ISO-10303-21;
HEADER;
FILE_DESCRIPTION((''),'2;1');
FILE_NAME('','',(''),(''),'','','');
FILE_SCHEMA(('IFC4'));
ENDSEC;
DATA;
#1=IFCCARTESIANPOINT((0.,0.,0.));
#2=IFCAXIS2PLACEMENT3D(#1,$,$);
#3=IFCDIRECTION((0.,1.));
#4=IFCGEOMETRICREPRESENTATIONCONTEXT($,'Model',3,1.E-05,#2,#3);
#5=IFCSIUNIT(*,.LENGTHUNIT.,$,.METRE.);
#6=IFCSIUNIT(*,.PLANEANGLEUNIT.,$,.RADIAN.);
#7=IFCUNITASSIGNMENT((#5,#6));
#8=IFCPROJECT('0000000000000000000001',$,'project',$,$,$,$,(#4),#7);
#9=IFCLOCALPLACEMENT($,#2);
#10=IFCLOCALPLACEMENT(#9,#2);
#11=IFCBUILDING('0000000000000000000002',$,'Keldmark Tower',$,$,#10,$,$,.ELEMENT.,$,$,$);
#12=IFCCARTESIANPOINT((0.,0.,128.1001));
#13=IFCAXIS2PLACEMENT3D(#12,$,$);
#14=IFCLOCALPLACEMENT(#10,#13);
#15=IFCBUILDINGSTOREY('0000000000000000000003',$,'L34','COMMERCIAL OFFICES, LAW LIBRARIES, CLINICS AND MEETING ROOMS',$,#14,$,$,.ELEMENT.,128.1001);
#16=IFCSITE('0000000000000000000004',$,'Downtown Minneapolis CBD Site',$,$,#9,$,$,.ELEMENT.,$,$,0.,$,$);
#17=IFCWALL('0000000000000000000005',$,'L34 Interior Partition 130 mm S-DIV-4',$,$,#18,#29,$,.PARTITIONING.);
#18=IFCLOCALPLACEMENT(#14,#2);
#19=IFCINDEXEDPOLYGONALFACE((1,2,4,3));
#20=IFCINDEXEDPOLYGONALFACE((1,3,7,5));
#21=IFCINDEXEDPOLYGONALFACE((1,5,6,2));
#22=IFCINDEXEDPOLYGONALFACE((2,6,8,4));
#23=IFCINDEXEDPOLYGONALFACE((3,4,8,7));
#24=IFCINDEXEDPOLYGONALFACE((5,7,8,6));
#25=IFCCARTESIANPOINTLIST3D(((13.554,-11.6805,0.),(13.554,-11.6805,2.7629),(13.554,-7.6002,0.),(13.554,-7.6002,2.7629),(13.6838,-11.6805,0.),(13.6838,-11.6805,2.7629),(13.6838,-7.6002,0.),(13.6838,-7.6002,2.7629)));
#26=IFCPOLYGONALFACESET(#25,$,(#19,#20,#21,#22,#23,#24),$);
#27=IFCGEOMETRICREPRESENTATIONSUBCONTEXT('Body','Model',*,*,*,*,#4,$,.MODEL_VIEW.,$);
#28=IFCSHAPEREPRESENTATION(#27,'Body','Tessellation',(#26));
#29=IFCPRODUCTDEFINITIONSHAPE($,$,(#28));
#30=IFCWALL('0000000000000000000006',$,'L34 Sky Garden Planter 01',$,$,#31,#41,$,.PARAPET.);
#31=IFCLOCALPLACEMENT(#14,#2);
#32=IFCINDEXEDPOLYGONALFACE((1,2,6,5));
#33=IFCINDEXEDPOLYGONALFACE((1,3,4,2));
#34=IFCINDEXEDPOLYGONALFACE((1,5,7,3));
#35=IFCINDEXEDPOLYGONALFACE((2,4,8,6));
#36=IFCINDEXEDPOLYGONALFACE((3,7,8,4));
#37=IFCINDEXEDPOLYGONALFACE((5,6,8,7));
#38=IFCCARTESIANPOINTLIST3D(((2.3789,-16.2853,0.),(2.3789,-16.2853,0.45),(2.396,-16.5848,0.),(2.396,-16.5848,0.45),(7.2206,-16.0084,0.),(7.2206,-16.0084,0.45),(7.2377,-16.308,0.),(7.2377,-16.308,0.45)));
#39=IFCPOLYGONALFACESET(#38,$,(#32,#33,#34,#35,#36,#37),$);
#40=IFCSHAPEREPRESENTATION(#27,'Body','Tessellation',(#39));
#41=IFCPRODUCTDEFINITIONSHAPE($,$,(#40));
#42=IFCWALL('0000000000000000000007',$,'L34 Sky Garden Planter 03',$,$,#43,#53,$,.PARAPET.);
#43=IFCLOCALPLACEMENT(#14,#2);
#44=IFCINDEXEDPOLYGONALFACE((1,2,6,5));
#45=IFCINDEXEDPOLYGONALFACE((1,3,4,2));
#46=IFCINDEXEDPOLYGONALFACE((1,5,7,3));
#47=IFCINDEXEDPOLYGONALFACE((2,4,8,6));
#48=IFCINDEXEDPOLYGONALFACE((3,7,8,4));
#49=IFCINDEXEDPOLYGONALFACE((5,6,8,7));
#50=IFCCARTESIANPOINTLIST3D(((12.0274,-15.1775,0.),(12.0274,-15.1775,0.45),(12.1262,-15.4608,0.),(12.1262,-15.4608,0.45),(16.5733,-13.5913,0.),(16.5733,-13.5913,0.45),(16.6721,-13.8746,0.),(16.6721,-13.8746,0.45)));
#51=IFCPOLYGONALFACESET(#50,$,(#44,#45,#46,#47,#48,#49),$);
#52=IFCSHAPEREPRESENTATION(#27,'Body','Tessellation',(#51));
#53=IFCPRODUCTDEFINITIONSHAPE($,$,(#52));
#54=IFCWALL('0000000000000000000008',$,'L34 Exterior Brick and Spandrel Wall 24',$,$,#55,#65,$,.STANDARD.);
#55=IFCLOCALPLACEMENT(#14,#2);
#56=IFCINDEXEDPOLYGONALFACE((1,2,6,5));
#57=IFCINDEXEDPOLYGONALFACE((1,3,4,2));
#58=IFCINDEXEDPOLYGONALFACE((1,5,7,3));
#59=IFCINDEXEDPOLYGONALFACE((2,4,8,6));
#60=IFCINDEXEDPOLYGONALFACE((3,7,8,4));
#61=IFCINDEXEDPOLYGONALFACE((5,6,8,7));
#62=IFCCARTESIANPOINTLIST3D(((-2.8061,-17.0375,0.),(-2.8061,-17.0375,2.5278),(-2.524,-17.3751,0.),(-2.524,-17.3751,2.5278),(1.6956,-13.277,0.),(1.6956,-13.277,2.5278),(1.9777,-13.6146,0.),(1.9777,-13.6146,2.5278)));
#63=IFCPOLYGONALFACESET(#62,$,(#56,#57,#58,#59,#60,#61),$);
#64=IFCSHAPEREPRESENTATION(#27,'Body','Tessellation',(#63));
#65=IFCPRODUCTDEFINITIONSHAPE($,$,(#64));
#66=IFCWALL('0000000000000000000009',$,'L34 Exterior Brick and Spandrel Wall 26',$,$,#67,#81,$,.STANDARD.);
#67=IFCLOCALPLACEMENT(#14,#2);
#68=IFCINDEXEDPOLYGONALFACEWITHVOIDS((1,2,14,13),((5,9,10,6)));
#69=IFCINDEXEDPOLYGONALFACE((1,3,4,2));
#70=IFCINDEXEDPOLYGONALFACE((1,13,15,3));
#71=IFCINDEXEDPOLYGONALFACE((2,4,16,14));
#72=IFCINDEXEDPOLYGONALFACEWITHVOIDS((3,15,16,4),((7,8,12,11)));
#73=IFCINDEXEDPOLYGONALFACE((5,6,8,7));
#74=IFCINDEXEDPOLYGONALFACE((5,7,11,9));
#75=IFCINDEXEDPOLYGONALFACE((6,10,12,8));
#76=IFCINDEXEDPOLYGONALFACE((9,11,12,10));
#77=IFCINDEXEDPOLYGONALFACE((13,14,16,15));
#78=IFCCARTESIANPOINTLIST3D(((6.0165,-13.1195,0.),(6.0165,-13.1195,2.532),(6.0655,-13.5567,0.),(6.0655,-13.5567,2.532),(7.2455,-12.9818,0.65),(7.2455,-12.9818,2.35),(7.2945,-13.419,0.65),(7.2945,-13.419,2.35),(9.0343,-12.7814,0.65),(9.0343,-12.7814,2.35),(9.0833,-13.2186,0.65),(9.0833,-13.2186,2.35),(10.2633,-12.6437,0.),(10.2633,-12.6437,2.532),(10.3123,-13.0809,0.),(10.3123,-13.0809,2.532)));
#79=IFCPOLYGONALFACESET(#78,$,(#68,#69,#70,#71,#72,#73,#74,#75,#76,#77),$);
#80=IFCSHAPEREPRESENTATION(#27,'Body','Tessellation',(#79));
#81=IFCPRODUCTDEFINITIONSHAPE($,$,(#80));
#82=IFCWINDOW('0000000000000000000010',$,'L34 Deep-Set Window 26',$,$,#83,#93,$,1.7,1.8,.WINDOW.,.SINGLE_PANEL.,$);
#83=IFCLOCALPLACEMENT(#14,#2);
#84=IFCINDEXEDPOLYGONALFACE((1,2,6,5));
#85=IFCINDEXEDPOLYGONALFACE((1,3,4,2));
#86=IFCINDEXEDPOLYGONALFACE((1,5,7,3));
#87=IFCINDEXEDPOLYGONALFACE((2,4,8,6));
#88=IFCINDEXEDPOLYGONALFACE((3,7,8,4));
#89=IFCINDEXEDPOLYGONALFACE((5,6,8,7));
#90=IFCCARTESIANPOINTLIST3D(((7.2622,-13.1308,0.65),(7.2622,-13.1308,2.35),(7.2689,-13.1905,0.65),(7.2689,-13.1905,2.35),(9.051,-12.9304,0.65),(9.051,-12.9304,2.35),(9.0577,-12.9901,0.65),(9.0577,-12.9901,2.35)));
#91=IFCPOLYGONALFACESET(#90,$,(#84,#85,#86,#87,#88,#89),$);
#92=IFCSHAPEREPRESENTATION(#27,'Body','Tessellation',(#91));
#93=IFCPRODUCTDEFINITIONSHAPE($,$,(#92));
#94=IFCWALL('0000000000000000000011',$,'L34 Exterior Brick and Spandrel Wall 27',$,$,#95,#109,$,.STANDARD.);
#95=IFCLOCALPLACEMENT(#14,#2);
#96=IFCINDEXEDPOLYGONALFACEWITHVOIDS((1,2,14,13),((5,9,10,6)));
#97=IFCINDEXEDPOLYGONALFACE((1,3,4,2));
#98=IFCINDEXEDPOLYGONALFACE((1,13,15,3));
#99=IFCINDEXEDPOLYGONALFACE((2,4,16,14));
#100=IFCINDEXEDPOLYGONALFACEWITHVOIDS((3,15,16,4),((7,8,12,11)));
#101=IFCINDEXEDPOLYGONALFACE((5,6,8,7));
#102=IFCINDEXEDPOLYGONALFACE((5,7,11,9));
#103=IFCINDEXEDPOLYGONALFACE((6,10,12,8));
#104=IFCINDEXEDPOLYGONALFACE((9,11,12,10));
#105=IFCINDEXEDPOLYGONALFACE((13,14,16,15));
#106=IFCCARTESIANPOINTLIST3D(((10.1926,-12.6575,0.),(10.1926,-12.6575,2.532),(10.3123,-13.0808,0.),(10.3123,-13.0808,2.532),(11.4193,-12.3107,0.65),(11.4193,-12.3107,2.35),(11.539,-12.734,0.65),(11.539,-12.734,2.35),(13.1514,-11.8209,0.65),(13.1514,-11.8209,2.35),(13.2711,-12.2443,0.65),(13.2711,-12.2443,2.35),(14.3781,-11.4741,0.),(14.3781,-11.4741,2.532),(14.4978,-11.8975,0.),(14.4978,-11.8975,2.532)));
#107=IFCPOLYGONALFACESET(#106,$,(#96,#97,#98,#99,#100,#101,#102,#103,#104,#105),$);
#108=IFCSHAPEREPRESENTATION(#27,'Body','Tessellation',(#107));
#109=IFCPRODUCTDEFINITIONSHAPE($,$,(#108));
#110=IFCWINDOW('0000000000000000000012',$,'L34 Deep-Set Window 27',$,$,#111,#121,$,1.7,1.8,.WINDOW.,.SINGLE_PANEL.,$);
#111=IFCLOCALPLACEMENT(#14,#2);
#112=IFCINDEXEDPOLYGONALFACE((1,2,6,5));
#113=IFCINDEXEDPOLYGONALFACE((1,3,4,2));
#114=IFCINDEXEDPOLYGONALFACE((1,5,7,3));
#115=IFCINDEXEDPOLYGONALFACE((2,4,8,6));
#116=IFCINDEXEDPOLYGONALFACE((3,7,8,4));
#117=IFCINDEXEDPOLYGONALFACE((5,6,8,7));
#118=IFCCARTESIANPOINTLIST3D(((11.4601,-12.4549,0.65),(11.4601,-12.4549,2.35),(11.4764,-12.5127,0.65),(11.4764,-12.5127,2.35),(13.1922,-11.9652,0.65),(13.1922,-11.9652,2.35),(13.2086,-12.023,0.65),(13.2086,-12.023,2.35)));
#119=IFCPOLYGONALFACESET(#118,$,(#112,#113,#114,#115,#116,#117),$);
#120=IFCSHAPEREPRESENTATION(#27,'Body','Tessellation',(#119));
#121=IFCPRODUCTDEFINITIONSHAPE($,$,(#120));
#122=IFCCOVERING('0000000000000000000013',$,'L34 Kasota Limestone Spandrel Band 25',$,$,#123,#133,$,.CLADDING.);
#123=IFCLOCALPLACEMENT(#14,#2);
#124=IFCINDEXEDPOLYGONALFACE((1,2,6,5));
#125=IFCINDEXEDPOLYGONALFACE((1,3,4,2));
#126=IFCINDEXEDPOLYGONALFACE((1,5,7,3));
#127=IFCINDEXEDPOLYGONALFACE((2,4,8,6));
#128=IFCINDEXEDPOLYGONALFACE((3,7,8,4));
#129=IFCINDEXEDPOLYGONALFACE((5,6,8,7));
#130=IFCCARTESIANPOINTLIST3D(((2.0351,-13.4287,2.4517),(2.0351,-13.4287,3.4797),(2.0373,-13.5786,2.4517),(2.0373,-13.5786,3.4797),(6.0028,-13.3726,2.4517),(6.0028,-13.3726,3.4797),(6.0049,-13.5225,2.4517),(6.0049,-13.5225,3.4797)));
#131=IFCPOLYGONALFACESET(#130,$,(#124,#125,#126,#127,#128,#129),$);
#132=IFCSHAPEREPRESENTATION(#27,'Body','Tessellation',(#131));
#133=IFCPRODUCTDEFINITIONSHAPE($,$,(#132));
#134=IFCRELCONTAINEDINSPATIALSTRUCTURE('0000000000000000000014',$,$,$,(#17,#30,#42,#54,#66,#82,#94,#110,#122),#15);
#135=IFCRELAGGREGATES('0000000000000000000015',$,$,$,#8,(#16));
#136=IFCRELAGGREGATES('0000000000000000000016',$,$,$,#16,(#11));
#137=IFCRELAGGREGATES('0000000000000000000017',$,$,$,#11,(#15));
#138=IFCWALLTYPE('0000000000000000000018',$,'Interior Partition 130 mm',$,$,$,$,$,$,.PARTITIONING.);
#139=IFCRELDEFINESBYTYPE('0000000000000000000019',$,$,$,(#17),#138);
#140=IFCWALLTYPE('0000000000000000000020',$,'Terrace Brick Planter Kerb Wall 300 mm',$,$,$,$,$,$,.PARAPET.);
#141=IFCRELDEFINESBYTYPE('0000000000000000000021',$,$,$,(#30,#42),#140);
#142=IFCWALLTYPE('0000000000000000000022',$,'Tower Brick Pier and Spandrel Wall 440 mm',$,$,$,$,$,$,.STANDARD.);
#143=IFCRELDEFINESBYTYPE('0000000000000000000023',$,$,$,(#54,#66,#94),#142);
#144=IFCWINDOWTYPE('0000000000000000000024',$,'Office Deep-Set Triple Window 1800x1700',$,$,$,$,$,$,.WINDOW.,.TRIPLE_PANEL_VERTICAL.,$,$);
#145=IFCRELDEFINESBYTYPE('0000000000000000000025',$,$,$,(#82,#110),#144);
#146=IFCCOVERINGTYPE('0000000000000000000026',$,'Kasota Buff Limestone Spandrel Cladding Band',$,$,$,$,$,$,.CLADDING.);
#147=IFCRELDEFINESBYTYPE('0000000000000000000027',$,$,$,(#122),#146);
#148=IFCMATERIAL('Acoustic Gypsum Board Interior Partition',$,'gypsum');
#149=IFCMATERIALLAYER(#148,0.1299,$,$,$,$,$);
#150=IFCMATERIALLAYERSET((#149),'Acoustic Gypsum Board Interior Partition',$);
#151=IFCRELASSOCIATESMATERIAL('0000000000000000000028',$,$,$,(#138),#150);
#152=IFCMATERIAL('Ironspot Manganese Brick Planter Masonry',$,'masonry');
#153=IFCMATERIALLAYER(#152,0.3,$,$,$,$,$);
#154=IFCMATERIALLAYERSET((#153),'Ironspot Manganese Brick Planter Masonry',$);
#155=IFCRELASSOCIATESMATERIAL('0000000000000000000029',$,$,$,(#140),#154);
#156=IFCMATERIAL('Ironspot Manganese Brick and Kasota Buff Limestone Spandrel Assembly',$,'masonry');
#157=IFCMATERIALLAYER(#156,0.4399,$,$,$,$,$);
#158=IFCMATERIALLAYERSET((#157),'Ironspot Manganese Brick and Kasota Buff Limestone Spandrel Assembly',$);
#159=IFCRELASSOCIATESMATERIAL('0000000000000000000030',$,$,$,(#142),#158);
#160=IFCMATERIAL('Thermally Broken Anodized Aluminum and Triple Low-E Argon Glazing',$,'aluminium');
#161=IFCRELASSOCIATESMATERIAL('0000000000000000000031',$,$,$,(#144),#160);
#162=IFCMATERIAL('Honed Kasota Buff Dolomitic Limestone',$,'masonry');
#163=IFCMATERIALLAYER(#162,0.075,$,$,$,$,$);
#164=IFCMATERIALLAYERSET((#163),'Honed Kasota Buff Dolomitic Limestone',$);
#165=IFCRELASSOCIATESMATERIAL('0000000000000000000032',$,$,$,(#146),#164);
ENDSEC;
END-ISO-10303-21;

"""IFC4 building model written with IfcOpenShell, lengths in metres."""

from ifc_helpers import new_model, si_unit, direction, frame, frame_2d, origin, origin_2d, place, context, subcontext, project, spatial, rectangle, extrude, material, layer, layer_set, type_object, element, fill, save


model = new_model("IFC4")

# Units and contexts
model_context = context("Model", 3, precision=1e-05, world=origin(), true_north=direction((0.0, 1.0)))
body_context = subcontext(model_context, "Body", "Model", "MODEL_VIEW")
ifc_project = project(units=[si_unit("LENGTHUNIT", "METRE"), si_unit("PLANEANGLEUNIT", "RADIAN")], contexts=[model_context])

# Site, building, storey
site_placement = place(None, origin())
site = spatial("IfcSite", under=ifc_project, at=site_placement, Name="Downtown Minneapolis CBD Site", CompositionType="ELEMENT", RefElevation=0.0)
building_placement = place(site_placement, origin())
building = spatial("IfcBuilding", under=site, at=building_placement, Name="Keldmark Tower", CompositionType="ELEMENT")
storey_placement = place(building_placement, frame((0.0, 0.0, 128.1001)))
storey = spatial("IfcBuildingStorey", under=building, at=storey_placement, Name="L34", Description="COMMERCIAL OFFICES, LAW LIBRARIES, CLINICS AND MEETING ROOMS", CompositionType="ELEMENT", Elevation=128.1001)

# Walls
ifc_material_1 = material(Name="Acoustic Gypsum Board Interior Partition", Category="gypsum")
ifc_layer_1 = layer(ifc_material_1, 0.1299)
ifc_layer_set_1 = layer_set([ifc_layer_1], Name="Acoustic Gypsum Board Interior Partition")
wall_type_1 = type_object("IfcWallType", Name="Interior Partition 130 mm", PredefinedType="PARTITIONING", material=ifc_layer_set_1)
wall_1_placement = place(storey_placement, frame((13.6189, -11.6804, 0.0), z_axis=(0.0, 0.0, 1.0), x_axis=(0.0, 1.0, 0.0)))
element("IfcWall", 1, at=wall_1_placement, inside=storey, type_object=wall_type_1, Name="L34 Interior Partition 130 mm S-DIV-4", PredefinedType="PARTITIONING", context=body_context, shape_type="SweptSolid", body=[
    extrude(rectangle(XDim=4.0803, YDim=0.1299, at=frame_2d((2.04, 0.0))), origin(), (0.0, 0.0, 1.0), 2.7629),
])
ifc_material_2 = material(Name="Ironspot Manganese Brick Planter Masonry", Category="masonry")
ifc_layer_2 = layer(ifc_material_2, 0.3)
ifc_layer_set_2 = layer_set([ifc_layer_2], Name="Ironspot Manganese Brick Planter Masonry")
wall_type_2 = type_object("IfcWallType", Name="Terrace Brick Planter Kerb Wall 300 mm", PredefinedType="PARAPET", material=ifc_layer_set_2)
wall_2_placement = place(storey_placement, frame((2.3875, -16.4351, 0.0), z_axis=(0.0, 0.0, 1.0), x_axis=(0.998369, 0.057087, 0.0)))
element("IfcWall", 2, at=wall_2_placement, inside=storey, type_object=wall_type_2, Name="L34 Sky Garden Planter 01", PredefinedType="PARAPET", context=body_context, shape_type="SweptSolid", body=[
    extrude(rectangle(XDim=4.8496, YDim=0.3, at=frame_2d((2.4248, 0.0))), origin(), (0.0, 0.0, 1.0), 0.45),
])
wall_3_placement = place(storey_placement, frame((12.0769, -15.3191, 0.0), z_axis=(0.0, 0.0, 1.0), x_axis=(0.944174, 0.329447, 0.0)))
element("IfcWall", 3, at=wall_3_placement, inside=storey, type_object=wall_type_2, Name="L34 Sky Garden Planter 03", PredefinedType="PARAPET", context=body_context, shape_type="SweptSolid", body=[
    extrude(rectangle(XDim=4.8147, YDim=0.3, at=frame_2d((2.4072, 0.0))), origin(), (0.0, 0.0, 1.0), 0.45),
])
ifc_material_3 = material(Name="Ironspot Manganese Brick and Kasota Buff Limestone Spandrel Assembly", Category="masonry")
ifc_layer_3 = layer(ifc_material_3, 0.4399)
ifc_layer_set_3 = layer_set([ifc_layer_3], Name="Ironspot Manganese Brick and Kasota Buff Limestone Spandrel Assembly")
wall_type_3 = type_object("IfcWallType", Name="Tower Brick Pier and Spandrel Wall 440 mm", PredefinedType="STANDARD", material=ifc_layer_set_3)
wall_4_placement = place(storey_placement, frame((1.8367, -13.4458, 0.0), z_axis=(0.0, 0.0, 1.0), x_axis=(-0.76746, -0.641097, 0.0)))
element("IfcWall", 4, at=wall_4_placement, inside=storey, type_object=wall_type_3, Name="L34 Exterior Brick and Spandrel Wall 24", PredefinedType="STANDARD", context=body_context, shape_type="SweptSolid", body=[
    extrude(rectangle(XDim=5.8657, YDim=0.4399, at=frame_2d((2.9329, 0.0))), origin(), (0.0, 0.0, 1.0), 2.5278),
])

# Walls, openings, windows
wall_5_placement = place(storey_placement, frame((10.2878, -12.8623, 0.0), z_axis=(0.0, 0.0, 1.0), x_axis=(-0.993782, -0.111347, 0.0)))
wall_5 = element("IfcWall", 5, at=wall_5_placement, inside=storey, type_object=wall_type_3, Name="L34 Exterior Brick and Spandrel Wall 26", PredefinedType="STANDARD", context=body_context, shape_type="SweptSolid", body=[
    extrude(rectangle(XDim=4.2734, YDim=0.4399, at=frame_2d((2.1367, 0.0))), origin(), (0.0, 0.0, 1.0), 2.532),
])
opening_1_placement = place(wall_5_placement, frame((1.2368, 0.0, 0.6499)))
opening_1 = element("IfcOpeningElement", 6, at=opening_1_placement, cuts=wall_5, PredefinedType="OPENING", context=body_context, shape_type="SweptSolid", body=[
    extrude(rectangle(XDim=1.8, YDim=1.7, at=frame_2d((0.8999, 0.8501))), frame((0.0, 0.23, 0.0), z_axis=(0.0, -1.0, 0.0), x_axis=(1.0, 0.0, 0.0)), (0.0, 0.0, 1.0), 0.46),
])
ifc_material_4 = material(Name="Thermally Broken Anodized Aluminum and Triple Low-E Argon Glazing", Category="aluminium")
window_type = type_object("IfcWindowType", Name="Office Deep-Set Triple Window 1800x1700", PartitioningType="TRIPLE_PANEL_VERTICAL", PredefinedType="WINDOW", material=ifc_material_4)
window_1_placement = place(opening_1_placement, origin())
window_1 = element("IfcWindow", 7, at=window_1_placement, inside=storey, type_object=window_type, Name="L34 Deep-Set Window 26", OverallHeight=1.7, OverallWidth=1.8, PartitioningType="SINGLE_PANEL", PredefinedType="WINDOW", context=body_context, shape_type="SweptSolid", body=[
    extrude(rectangle(XDim=1.8, YDim=1.7, at=frame_2d((0.8999, 0.8501))), frame((0.0, -0.01, 0.0), z_axis=(0.0, -1.0, 0.0), x_axis=(1.0, 0.0, 0.0)), (0.0, 0.0, 1.0), 0.0601),
])
fill(opening_1, window_1)
wall_6_placement = place(storey_placement, frame((14.438, -11.6858, 0.0), z_axis=(0.0, 0.0, 1.0), x_axis=(-0.962281, -0.272059, 0.0)))
wall_6 = element("IfcWall", 8, at=wall_6_placement, inside=storey, type_object=wall_type_3, Name="L34 Exterior Brick and Spandrel Wall 27", PredefinedType="STANDARD", context=body_context, shape_type="SweptSolid", body=[
    extrude(rectangle(XDim=4.3496, YDim=0.4399, at=frame_2d((2.1748, 0.0))), origin(), (0.0, 0.0, 1.0), 2.532),
])
opening_2_placement = place(wall_6_placement, frame((1.2749, 0.0, 0.6499)))
opening_2 = element("IfcOpeningElement", 9, at=opening_2_placement, cuts=wall_6, PredefinedType="OPENING", context=body_context, shape_type="SweptSolid", body=[
    extrude(rectangle(XDim=1.8, YDim=1.7, at=frame_2d((0.8999, 0.8501))), frame((0.0, 0.23, 0.0), z_axis=(0.0, -1.0, 0.0), x_axis=(1.0, 0.0, 0.0)), (0.0, 0.0, 1.0), 0.46),
])
window_2_placement = place(opening_2_placement, origin())
window_2 = element("IfcWindow", 10, at=window_2_placement, inside=storey, type_object=window_type, Name="L34 Deep-Set Window 27", OverallHeight=1.7, OverallWidth=1.8, PartitioningType="SINGLE_PANEL", PredefinedType="WINDOW", context=body_context, shape_type="SweptSolid", body=[
    extrude(rectangle(XDim=1.8, YDim=1.7, at=frame_2d((0.8999, 0.8501))), frame((0.0, -0.01, 0.0), z_axis=(0.0, -1.0, 0.0), x_axis=(1.0, 0.0, 0.0)), (0.0, 0.0, 1.0), 0.0601),
])
fill(opening_2, window_2)

# Covering
ifc_material_5 = material(Name="Honed Kasota Buff Dolomitic Limestone", Category="masonry")
ifc_layer_4 = layer(ifc_material_5, 0.075)
ifc_layer_set_4 = layer_set([ifc_layer_4], Name="Honed Kasota Buff Dolomitic Limestone")
covering_type = type_object("IfcCoveringType", Name="Kasota Buff Limestone Spandrel Cladding Band", PredefinedType="CLADDING", material=ifc_layer_set_4)
covering_placement = place(storey_placement, frame((4.02, -13.4756, 2.4517), z_axis=(0.0, 0.0, 1.0), x_axis=(0.9999, 0.014137, 0.0)))
element("IfcCovering", 11, at=covering_placement, inside=storey, type_object=covering_type, Name="L34 Kasota Limestone Spandrel Band 25", PredefinedType="CLADDING", context=body_context, shape_type="SweptSolid", body=[
    extrude(rectangle(XDim=3.968, YDim=0.1499, at=origin_2d()), origin(), (0.0, 0.0, 1.0), 1.0281),
])

save(model, "model.ifc")
